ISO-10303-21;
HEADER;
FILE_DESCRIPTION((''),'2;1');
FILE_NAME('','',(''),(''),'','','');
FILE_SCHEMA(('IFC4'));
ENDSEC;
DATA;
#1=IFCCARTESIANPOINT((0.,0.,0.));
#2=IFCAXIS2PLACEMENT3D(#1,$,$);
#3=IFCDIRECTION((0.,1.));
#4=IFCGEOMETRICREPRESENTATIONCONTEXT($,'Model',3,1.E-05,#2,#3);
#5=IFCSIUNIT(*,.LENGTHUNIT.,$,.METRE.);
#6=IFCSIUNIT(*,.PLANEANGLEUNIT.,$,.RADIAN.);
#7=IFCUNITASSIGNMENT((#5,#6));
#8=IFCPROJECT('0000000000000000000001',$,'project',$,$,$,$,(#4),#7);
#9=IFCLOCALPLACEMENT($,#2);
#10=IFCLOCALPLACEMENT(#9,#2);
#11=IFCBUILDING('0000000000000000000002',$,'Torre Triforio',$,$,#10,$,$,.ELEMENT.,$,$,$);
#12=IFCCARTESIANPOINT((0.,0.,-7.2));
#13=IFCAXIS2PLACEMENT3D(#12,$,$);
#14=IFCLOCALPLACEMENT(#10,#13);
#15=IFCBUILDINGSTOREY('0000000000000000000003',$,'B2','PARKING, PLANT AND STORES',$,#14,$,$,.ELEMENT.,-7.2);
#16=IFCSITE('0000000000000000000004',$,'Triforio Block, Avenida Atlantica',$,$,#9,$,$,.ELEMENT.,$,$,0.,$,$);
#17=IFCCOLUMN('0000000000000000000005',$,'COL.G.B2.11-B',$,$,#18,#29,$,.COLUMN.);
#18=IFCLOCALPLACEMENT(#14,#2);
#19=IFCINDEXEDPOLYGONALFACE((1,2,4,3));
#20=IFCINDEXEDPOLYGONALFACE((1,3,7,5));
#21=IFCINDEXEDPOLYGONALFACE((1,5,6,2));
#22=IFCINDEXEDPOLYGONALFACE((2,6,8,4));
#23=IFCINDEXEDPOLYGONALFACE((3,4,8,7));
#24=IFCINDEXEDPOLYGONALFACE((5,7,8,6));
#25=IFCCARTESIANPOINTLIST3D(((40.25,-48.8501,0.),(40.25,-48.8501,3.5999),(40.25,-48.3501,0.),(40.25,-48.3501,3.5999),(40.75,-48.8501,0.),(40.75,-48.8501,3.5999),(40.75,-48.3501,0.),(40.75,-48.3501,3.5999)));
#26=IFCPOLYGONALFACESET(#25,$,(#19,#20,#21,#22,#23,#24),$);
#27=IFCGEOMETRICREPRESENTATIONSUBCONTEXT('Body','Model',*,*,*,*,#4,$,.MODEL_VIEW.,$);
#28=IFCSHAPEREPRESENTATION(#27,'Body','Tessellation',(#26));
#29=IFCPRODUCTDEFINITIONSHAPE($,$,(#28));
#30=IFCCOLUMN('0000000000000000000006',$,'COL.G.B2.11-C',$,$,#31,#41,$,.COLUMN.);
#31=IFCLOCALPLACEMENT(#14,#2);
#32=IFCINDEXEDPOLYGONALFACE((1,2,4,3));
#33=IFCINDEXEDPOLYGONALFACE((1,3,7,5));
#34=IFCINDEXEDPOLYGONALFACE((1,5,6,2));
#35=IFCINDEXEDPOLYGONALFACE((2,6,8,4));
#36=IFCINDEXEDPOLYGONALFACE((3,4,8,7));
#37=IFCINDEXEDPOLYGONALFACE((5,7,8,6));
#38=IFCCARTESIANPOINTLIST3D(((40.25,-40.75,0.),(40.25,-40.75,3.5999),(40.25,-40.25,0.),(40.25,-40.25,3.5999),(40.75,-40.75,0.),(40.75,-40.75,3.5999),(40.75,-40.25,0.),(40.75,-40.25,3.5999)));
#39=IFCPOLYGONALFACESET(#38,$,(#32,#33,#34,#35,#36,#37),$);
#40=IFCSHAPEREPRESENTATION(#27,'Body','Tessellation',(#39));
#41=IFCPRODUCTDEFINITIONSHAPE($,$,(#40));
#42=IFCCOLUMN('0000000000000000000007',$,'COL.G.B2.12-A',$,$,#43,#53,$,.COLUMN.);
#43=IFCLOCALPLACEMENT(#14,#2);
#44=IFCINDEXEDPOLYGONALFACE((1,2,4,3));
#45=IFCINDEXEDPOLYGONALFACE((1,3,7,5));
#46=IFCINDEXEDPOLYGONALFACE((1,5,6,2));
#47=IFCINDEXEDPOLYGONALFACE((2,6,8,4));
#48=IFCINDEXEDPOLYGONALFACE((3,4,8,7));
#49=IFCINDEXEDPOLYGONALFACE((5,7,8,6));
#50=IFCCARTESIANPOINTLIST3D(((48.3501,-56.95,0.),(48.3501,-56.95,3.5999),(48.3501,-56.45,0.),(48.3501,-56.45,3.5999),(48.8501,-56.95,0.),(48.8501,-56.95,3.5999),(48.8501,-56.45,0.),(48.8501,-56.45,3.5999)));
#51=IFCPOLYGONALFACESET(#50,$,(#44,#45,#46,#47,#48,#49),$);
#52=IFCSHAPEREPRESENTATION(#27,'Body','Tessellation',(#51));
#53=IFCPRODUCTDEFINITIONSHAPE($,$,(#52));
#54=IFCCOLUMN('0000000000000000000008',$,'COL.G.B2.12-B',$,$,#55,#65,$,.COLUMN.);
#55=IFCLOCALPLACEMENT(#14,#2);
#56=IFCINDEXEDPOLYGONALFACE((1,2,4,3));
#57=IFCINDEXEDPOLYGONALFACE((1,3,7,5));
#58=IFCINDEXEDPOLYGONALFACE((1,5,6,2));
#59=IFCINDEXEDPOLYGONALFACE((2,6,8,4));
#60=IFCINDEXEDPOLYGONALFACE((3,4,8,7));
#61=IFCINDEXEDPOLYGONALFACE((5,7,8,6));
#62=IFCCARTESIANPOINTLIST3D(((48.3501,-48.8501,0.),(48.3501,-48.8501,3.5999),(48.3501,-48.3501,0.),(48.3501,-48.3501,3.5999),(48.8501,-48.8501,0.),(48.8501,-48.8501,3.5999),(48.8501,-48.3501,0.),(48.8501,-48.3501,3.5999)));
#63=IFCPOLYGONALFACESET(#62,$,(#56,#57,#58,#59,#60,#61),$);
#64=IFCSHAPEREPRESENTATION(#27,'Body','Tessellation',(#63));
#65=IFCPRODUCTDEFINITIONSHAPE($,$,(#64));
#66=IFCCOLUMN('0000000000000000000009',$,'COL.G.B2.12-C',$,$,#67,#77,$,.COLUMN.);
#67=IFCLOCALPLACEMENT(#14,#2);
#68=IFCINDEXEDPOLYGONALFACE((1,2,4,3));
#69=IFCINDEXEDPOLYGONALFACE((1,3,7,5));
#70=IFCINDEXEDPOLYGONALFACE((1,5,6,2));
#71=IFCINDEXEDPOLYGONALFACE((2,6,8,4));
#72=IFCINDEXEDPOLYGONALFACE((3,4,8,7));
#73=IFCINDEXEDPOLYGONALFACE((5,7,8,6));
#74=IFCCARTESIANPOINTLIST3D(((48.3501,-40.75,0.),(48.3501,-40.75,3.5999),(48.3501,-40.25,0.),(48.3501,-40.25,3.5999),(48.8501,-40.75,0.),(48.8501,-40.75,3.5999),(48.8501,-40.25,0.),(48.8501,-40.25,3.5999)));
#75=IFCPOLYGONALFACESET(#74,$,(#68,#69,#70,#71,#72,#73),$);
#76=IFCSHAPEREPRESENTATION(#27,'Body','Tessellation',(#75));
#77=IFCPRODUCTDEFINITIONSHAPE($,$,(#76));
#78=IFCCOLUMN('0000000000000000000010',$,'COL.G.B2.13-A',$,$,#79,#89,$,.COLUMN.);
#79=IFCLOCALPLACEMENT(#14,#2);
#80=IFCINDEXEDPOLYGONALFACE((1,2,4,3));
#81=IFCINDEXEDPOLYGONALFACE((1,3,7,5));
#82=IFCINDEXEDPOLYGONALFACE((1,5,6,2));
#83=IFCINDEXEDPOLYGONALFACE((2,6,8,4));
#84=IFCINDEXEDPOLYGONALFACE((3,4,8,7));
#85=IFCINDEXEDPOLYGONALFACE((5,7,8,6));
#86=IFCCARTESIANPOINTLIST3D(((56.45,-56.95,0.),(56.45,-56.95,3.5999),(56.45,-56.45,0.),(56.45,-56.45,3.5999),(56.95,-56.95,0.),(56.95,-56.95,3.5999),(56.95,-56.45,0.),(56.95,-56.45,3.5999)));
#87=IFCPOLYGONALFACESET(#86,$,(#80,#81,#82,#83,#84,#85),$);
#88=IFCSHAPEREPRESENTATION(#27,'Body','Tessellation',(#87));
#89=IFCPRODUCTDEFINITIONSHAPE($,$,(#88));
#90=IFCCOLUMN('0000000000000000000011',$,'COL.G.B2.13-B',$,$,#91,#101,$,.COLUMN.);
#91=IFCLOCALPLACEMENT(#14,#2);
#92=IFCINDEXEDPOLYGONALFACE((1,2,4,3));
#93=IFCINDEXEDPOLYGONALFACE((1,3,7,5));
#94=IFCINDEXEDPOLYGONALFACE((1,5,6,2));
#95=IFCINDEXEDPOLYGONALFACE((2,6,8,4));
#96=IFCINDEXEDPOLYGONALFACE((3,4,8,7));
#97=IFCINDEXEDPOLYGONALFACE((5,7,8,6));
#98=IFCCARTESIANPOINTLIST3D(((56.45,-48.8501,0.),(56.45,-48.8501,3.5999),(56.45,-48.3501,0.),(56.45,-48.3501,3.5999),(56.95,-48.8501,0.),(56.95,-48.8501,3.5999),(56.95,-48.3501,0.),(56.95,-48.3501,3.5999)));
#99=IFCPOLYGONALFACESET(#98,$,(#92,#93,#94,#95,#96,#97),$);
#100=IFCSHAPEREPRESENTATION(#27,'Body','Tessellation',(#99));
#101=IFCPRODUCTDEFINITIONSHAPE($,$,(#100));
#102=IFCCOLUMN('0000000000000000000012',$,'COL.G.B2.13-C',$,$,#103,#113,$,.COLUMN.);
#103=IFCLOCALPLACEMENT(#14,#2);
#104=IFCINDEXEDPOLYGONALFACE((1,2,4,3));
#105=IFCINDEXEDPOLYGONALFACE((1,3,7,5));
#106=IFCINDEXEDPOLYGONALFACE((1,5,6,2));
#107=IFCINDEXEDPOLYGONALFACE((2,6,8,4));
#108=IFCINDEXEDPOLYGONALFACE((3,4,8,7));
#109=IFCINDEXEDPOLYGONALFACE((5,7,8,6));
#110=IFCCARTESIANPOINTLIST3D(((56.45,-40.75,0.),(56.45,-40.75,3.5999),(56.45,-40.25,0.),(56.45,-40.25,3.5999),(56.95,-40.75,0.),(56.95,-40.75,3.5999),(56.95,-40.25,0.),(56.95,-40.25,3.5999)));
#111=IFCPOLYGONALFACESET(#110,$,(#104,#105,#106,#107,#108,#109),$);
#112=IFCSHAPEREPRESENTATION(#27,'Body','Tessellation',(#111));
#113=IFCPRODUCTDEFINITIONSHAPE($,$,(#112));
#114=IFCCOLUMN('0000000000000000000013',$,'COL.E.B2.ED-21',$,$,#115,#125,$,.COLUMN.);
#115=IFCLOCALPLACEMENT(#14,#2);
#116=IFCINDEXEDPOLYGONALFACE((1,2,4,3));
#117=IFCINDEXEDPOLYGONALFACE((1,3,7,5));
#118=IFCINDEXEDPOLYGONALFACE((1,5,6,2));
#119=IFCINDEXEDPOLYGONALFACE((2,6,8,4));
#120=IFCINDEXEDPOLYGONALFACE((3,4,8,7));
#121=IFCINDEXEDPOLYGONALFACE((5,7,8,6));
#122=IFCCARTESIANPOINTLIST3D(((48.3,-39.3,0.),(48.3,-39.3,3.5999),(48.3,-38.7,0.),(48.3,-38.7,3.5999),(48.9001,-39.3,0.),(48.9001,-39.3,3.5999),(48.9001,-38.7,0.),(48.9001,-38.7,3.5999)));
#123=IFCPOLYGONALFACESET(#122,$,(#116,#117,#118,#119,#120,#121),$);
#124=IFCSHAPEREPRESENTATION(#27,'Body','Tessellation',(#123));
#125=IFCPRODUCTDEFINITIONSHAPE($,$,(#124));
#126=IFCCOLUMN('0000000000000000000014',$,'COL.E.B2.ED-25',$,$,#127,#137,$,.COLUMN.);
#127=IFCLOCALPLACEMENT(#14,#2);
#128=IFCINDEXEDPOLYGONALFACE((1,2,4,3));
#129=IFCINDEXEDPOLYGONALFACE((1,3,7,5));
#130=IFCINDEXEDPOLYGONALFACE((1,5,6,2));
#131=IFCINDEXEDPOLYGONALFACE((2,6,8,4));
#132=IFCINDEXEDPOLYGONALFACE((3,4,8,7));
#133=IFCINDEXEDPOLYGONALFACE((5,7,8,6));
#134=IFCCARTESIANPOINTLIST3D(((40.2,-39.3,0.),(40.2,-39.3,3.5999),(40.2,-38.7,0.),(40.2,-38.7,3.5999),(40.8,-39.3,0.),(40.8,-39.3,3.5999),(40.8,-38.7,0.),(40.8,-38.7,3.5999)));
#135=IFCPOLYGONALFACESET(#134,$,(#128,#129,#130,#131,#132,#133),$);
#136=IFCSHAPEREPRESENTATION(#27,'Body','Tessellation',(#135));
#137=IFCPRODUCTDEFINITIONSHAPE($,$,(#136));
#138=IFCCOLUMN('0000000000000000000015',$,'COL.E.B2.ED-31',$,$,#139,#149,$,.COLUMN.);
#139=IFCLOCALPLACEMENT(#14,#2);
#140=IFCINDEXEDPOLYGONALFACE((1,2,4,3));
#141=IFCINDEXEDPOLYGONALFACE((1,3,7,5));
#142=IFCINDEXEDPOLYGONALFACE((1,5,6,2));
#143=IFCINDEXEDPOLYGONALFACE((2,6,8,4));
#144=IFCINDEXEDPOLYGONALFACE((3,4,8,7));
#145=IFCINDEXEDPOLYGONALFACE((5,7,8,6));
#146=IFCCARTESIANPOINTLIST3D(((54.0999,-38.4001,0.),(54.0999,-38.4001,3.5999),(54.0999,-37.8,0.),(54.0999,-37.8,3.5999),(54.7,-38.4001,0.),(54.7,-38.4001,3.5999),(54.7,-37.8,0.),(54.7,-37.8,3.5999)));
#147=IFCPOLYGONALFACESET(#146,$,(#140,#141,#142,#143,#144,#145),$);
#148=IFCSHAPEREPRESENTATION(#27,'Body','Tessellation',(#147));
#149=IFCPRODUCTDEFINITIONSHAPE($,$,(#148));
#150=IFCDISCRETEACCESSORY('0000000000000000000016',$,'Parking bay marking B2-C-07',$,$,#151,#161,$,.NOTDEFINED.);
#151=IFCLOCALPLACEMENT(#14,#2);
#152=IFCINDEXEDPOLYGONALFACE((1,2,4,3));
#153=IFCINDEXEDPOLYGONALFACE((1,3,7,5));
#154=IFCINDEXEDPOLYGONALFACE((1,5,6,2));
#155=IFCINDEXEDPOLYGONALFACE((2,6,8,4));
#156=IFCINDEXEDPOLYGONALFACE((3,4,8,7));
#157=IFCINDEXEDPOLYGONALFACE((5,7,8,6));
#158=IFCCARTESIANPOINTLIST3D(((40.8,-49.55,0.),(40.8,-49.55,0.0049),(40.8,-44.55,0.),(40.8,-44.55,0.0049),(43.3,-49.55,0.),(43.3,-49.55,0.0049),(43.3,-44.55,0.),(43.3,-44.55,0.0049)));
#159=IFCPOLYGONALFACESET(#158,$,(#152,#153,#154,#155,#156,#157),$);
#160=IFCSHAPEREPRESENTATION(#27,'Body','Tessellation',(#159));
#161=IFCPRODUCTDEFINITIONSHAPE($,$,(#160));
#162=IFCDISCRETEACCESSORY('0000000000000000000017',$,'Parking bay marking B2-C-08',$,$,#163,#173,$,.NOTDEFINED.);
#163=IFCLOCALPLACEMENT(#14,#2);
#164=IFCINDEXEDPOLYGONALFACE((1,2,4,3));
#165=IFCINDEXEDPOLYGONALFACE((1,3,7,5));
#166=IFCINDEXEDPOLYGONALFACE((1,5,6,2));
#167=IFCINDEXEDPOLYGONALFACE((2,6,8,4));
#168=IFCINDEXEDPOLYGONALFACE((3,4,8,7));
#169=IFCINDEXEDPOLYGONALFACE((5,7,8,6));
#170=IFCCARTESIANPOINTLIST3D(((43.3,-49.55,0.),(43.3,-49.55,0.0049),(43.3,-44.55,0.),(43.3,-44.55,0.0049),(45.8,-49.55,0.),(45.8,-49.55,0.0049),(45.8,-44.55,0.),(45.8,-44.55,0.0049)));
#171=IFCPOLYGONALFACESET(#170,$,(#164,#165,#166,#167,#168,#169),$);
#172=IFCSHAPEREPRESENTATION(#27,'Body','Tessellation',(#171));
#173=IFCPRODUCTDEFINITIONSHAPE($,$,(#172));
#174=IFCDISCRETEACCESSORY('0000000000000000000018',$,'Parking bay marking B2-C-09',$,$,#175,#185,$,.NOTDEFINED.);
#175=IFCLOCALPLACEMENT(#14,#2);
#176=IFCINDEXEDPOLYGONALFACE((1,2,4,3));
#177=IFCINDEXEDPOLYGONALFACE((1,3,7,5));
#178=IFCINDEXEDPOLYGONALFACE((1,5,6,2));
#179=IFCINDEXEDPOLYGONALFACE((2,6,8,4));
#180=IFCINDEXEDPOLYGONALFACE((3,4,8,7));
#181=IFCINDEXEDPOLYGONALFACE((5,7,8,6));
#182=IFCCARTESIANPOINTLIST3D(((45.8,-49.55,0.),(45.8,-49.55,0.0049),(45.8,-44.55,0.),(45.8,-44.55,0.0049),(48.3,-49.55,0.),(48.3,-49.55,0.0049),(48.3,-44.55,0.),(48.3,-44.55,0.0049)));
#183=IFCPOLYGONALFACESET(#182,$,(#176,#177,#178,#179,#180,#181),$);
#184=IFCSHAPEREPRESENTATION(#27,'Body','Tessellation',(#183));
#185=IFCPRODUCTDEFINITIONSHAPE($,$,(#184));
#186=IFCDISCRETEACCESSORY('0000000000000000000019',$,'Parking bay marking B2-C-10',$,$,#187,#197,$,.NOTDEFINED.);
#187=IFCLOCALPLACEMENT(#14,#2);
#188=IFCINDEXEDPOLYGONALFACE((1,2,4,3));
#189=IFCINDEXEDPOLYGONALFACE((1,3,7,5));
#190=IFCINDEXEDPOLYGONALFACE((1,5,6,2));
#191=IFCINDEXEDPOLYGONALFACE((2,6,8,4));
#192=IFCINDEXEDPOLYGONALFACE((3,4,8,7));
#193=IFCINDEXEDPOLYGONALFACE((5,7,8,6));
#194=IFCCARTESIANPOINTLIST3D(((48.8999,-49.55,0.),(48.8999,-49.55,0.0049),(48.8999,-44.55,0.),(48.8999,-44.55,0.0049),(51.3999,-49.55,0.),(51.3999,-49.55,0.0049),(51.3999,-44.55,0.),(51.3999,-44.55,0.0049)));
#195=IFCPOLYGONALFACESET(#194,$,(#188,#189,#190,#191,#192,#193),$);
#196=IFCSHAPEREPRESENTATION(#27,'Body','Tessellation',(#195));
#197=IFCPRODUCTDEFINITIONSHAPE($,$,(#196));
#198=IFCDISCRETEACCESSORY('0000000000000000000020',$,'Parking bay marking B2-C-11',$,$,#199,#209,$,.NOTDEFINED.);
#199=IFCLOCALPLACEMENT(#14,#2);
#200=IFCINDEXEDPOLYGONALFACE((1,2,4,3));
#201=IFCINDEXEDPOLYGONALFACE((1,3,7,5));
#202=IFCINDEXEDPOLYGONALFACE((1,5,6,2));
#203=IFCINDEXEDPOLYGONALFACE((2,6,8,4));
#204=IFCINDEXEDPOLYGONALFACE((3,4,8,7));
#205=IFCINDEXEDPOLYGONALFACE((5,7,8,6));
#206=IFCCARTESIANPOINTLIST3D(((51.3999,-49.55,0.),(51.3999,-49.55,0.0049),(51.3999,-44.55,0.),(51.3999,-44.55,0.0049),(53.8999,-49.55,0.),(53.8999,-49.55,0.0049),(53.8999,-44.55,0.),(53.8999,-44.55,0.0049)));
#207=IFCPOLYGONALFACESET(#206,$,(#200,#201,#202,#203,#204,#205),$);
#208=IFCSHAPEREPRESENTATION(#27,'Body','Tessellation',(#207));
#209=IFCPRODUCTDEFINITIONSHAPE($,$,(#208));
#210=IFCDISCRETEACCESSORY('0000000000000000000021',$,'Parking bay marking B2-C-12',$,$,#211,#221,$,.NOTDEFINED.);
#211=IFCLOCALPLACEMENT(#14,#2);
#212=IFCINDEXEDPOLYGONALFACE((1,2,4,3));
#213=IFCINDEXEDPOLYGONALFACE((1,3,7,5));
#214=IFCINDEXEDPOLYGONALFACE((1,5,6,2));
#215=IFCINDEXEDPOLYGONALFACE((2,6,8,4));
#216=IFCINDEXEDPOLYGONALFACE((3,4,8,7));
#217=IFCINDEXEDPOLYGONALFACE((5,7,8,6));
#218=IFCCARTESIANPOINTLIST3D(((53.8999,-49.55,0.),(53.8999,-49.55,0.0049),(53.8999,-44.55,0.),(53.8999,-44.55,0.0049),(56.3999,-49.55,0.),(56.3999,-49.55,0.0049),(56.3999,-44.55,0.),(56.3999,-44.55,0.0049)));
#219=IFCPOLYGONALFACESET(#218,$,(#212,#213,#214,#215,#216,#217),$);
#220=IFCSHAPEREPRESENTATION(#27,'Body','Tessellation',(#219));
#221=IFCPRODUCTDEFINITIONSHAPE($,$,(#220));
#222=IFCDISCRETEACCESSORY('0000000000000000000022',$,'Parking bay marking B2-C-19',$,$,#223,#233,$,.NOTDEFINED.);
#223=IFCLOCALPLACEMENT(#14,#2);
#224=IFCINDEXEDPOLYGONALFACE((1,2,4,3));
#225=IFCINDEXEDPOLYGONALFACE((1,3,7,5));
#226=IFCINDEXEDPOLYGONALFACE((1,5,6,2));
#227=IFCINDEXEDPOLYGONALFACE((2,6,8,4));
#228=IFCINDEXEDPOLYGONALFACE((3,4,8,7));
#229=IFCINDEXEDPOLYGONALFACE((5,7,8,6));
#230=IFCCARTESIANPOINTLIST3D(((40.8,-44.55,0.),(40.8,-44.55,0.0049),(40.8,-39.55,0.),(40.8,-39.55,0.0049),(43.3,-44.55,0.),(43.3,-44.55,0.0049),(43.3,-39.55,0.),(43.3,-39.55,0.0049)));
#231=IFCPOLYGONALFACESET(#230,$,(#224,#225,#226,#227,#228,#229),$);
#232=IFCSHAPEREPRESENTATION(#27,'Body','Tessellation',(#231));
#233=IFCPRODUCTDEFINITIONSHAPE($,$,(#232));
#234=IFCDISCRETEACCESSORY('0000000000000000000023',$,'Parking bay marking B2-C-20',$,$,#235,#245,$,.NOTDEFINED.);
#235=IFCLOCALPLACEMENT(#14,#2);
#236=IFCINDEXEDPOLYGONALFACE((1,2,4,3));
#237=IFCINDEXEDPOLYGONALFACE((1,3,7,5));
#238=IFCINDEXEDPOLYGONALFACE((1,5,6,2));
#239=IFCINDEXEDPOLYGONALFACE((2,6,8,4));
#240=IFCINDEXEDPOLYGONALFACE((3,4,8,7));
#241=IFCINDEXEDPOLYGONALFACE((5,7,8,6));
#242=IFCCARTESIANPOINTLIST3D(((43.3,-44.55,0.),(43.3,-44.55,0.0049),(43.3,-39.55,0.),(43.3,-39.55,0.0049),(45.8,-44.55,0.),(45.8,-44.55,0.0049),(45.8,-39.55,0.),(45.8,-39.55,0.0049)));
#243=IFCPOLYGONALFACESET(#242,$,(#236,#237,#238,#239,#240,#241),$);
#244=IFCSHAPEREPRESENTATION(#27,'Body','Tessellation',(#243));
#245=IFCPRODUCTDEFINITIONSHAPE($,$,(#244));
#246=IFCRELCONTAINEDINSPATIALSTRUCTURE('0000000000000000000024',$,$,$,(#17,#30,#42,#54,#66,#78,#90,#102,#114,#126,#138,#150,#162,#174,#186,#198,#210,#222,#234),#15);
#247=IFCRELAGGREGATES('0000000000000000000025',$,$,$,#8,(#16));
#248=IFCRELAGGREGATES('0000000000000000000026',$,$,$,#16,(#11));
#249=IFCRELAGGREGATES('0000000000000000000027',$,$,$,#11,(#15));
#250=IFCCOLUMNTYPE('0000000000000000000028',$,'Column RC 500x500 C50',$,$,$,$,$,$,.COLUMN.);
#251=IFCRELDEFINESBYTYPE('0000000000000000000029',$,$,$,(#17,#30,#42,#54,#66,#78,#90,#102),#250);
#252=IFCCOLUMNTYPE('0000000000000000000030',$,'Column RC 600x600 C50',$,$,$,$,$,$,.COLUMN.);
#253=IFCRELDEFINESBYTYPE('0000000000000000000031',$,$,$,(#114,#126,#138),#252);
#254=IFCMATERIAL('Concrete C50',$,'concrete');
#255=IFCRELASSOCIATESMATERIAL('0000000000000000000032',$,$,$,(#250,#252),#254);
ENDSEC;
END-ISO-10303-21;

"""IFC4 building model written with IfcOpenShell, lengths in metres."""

from ifc_helpers import new_model, si_unit, direction, frame, origin, origin_2d, place, context, subcontext, project, spatial, rectangle, extrude, material, material_profile, profile_set, type_object, element, save


model = new_model("IFC4")

# Units and contexts
model_context = context("Model", 3, precision=1e-05, world=origin(), true_north=direction((0.0, 1.0)))
body_context = subcontext(model_context, "Body", "Model", "MODEL_VIEW")
ifc_project = project(units=[si_unit("LENGTHUNIT", "METRE"), si_unit("PLANEANGLEUNIT", "RADIAN")], contexts=[model_context])

# Site, building, storey
site_placement = place(None, origin())
site = spatial("IfcSite", under=ifc_project, at=site_placement, Name="Triforio Block, Avenida Atlantica", CompositionType="ELEMENT", RefElevation=0.0)
building_placement = place(site_placement, origin())
building = spatial("IfcBuilding", under=site, at=building_placement, Name="Torre Triforio", CompositionType="ELEMENT")
storey_placement = place(building_placement, frame((0.0, 0.0, -7.2)))
storey = spatial("IfcBuildingStorey", under=building, at=storey_placement, Name="B2", Description="PARKING, PLANT AND STORES", CompositionType="ELEMENT", Elevation=-7.2)

# Columns
ifc_material = material(Name="Concrete C50", Category="concrete")
ifc_material_profile_1 = material_profile(ifc_material, rectangle(XDim=0.5, YDim=0.5, at=origin_2d()), Name="RC 500x500")
ifc_profile_set_1 = profile_set([ifc_material_profile_1], Name="Concrete C50")
column_type_1 = type_object("IfcColumnType", Name="Column RC 500x500 C50", PredefinedType="COLUMN", material=ifc_profile_set_1)
for number, where, z_axis, x_axis, name in (
    (1, (40.5, -48.6001, 0.0), (0.0, 0.0, 1.0), (1.0, 0.0, 0.0), "COL.G.B2.11-B"),
    (2, (40.5, -40.5, 0.0), (0.0, 0.0, 1.0), (1.0, 0.0, 0.0), "COL.G.B2.11-C"),
    (3, (48.6001, -56.7, 0.0), (0.0, 0.0, 1.0), (1.0, 0.0, 0.0), "COL.G.B2.12-A"),
    (4, (48.6001, -48.6001, 0.0), (0.0, 0.0, 1.0), (1.0, 0.0, 0.0), "COL.G.B2.12-B"),
    (5, (48.6001, -40.5, 0.0), (0.0, 0.0, 1.0), (1.0, 0.0, 0.0), "COL.G.B2.12-C"),
    (6, (56.7, -56.7, 0.0), (0.0, 0.0, 1.0), (1.0, 0.0, 0.0), "COL.G.B2.13-A"),
    (7, (56.7, -48.6001, 0.0), (0.0, 0.0, 1.0), (1.0, 0.0, 0.0), "COL.G.B2.13-B"),
    (8, (56.7, -40.5, 0.0), (0.0, 0.0, 1.0), (1.0, 0.0, 0.0), "COL.G.B2.13-C"),
):
    element("IfcColumn", number, at=place(storey_placement, frame(where, z_axis=z_axis, x_axis=x_axis)), inside=storey, type_object=column_type_1, Name=name, PredefinedType="COLUMN", context=body_context, shape_type="SweptSolid", body=[
        extrude(rectangle(XDim=0.5, YDim=0.5, at=origin_2d()), origin(), (0.0, 0.0, 1.0), 3.5999),
    ])
ifc_material_profile_2 = material_profile(ifc_material, rectangle(XDim=0.6001, YDim=0.6001, at=origin_2d()), Name="RC 600x600")
ifc_profile_set_2 = profile_set([ifc_material_profile_2], Name="Concrete C50")
column_type_2 = type_object("IfcColumnType", Name="Column RC 600x600 C50", PredefinedType="COLUMN", material=ifc_profile_set_2)
for number, where, z_axis, x_axis, name in (
    (9, (48.6001, -39.0, 0.0), (0.0, 0.0, 1.0), (1.0, 0.0, 0.0), "COL.E.B2.ED-21"),
    (10, (40.5, -39.0, 0.0), (0.0, 0.0, 1.0), (1.0, 0.0, 0.0), "COL.E.B2.ED-25"),
    (11, (54.3999, -38.1001, 0.0), (0.0, 0.0, 1.0), (1.0, 0.0, 0.0), "COL.E.B2.ED-31"),
):
    element("IfcColumn", number, at=place(storey_placement, frame(where, z_axis=z_axis, x_axis=x_axis)), inside=storey, type_object=column_type_2, Name=name, PredefinedType="COLUMN", context=body_context, shape_type="SweptSolid", body=[
        extrude(rectangle(XDim=0.6001, YDim=0.6001, at=origin_2d()), origin(), (0.0, 0.0, 1.0), 3.5999),
    ])

# Discrete accessories
for number, where, z_axis, x_axis, name in (
    (12, (42.05, -47.05, 0.0), (0.0, 0.0, 1.0), (1.0, 0.0, 0.0), "Parking bay marking B2-C-07"),
    (13, (44.55, -47.05, 0.0), (0.0, 0.0, 1.0), (1.0, 0.0, 0.0), "Parking bay marking B2-C-08"),
    (14, (47.05, -47.05, 0.0), (0.0, 0.0, 1.0), (1.0, 0.0, 0.0), "Parking bay marking B2-C-09"),
    (15, (50.1499, -47.05, 0.0), (0.0, 0.0, 1.0), (1.0, 0.0, 0.0), "Parking bay marking B2-C-10"),
    (16, (52.6499, -47.05, 0.0), (0.0, 0.0, 1.0), (1.0, 0.0, 0.0), "Parking bay marking B2-C-11"),
    (17, (55.1499, -47.05, 0.0), (0.0, 0.0, 1.0), (1.0, 0.0, 0.0), "Parking bay marking B2-C-12"),
    (18, (42.05, -42.05, 0.0), (0.0, 0.0, 1.0), (1.0, 0.0, 0.0), "Parking bay marking B2-C-19"),
    (19, (44.55, -42.05, 0.0), (0.0, 0.0, 1.0), (1.0, 0.0, 0.0), "Parking bay marking B2-C-20"),
):
    element("IfcDiscreteAccessory", number, at=place(storey_placement, frame(where, z_axis=z_axis, x_axis=x_axis)), inside=storey, Name=name, PredefinedType="NOTDEFINED", context=body_context, shape_type="SweptSolid", body=[
        extrude(rectangle(XDim=2.5, YDim=5.0, at=origin_2d()), origin(), (0.0, 0.0, 1.0), 0.0049),
    ])

save(model, "model.ifc")
